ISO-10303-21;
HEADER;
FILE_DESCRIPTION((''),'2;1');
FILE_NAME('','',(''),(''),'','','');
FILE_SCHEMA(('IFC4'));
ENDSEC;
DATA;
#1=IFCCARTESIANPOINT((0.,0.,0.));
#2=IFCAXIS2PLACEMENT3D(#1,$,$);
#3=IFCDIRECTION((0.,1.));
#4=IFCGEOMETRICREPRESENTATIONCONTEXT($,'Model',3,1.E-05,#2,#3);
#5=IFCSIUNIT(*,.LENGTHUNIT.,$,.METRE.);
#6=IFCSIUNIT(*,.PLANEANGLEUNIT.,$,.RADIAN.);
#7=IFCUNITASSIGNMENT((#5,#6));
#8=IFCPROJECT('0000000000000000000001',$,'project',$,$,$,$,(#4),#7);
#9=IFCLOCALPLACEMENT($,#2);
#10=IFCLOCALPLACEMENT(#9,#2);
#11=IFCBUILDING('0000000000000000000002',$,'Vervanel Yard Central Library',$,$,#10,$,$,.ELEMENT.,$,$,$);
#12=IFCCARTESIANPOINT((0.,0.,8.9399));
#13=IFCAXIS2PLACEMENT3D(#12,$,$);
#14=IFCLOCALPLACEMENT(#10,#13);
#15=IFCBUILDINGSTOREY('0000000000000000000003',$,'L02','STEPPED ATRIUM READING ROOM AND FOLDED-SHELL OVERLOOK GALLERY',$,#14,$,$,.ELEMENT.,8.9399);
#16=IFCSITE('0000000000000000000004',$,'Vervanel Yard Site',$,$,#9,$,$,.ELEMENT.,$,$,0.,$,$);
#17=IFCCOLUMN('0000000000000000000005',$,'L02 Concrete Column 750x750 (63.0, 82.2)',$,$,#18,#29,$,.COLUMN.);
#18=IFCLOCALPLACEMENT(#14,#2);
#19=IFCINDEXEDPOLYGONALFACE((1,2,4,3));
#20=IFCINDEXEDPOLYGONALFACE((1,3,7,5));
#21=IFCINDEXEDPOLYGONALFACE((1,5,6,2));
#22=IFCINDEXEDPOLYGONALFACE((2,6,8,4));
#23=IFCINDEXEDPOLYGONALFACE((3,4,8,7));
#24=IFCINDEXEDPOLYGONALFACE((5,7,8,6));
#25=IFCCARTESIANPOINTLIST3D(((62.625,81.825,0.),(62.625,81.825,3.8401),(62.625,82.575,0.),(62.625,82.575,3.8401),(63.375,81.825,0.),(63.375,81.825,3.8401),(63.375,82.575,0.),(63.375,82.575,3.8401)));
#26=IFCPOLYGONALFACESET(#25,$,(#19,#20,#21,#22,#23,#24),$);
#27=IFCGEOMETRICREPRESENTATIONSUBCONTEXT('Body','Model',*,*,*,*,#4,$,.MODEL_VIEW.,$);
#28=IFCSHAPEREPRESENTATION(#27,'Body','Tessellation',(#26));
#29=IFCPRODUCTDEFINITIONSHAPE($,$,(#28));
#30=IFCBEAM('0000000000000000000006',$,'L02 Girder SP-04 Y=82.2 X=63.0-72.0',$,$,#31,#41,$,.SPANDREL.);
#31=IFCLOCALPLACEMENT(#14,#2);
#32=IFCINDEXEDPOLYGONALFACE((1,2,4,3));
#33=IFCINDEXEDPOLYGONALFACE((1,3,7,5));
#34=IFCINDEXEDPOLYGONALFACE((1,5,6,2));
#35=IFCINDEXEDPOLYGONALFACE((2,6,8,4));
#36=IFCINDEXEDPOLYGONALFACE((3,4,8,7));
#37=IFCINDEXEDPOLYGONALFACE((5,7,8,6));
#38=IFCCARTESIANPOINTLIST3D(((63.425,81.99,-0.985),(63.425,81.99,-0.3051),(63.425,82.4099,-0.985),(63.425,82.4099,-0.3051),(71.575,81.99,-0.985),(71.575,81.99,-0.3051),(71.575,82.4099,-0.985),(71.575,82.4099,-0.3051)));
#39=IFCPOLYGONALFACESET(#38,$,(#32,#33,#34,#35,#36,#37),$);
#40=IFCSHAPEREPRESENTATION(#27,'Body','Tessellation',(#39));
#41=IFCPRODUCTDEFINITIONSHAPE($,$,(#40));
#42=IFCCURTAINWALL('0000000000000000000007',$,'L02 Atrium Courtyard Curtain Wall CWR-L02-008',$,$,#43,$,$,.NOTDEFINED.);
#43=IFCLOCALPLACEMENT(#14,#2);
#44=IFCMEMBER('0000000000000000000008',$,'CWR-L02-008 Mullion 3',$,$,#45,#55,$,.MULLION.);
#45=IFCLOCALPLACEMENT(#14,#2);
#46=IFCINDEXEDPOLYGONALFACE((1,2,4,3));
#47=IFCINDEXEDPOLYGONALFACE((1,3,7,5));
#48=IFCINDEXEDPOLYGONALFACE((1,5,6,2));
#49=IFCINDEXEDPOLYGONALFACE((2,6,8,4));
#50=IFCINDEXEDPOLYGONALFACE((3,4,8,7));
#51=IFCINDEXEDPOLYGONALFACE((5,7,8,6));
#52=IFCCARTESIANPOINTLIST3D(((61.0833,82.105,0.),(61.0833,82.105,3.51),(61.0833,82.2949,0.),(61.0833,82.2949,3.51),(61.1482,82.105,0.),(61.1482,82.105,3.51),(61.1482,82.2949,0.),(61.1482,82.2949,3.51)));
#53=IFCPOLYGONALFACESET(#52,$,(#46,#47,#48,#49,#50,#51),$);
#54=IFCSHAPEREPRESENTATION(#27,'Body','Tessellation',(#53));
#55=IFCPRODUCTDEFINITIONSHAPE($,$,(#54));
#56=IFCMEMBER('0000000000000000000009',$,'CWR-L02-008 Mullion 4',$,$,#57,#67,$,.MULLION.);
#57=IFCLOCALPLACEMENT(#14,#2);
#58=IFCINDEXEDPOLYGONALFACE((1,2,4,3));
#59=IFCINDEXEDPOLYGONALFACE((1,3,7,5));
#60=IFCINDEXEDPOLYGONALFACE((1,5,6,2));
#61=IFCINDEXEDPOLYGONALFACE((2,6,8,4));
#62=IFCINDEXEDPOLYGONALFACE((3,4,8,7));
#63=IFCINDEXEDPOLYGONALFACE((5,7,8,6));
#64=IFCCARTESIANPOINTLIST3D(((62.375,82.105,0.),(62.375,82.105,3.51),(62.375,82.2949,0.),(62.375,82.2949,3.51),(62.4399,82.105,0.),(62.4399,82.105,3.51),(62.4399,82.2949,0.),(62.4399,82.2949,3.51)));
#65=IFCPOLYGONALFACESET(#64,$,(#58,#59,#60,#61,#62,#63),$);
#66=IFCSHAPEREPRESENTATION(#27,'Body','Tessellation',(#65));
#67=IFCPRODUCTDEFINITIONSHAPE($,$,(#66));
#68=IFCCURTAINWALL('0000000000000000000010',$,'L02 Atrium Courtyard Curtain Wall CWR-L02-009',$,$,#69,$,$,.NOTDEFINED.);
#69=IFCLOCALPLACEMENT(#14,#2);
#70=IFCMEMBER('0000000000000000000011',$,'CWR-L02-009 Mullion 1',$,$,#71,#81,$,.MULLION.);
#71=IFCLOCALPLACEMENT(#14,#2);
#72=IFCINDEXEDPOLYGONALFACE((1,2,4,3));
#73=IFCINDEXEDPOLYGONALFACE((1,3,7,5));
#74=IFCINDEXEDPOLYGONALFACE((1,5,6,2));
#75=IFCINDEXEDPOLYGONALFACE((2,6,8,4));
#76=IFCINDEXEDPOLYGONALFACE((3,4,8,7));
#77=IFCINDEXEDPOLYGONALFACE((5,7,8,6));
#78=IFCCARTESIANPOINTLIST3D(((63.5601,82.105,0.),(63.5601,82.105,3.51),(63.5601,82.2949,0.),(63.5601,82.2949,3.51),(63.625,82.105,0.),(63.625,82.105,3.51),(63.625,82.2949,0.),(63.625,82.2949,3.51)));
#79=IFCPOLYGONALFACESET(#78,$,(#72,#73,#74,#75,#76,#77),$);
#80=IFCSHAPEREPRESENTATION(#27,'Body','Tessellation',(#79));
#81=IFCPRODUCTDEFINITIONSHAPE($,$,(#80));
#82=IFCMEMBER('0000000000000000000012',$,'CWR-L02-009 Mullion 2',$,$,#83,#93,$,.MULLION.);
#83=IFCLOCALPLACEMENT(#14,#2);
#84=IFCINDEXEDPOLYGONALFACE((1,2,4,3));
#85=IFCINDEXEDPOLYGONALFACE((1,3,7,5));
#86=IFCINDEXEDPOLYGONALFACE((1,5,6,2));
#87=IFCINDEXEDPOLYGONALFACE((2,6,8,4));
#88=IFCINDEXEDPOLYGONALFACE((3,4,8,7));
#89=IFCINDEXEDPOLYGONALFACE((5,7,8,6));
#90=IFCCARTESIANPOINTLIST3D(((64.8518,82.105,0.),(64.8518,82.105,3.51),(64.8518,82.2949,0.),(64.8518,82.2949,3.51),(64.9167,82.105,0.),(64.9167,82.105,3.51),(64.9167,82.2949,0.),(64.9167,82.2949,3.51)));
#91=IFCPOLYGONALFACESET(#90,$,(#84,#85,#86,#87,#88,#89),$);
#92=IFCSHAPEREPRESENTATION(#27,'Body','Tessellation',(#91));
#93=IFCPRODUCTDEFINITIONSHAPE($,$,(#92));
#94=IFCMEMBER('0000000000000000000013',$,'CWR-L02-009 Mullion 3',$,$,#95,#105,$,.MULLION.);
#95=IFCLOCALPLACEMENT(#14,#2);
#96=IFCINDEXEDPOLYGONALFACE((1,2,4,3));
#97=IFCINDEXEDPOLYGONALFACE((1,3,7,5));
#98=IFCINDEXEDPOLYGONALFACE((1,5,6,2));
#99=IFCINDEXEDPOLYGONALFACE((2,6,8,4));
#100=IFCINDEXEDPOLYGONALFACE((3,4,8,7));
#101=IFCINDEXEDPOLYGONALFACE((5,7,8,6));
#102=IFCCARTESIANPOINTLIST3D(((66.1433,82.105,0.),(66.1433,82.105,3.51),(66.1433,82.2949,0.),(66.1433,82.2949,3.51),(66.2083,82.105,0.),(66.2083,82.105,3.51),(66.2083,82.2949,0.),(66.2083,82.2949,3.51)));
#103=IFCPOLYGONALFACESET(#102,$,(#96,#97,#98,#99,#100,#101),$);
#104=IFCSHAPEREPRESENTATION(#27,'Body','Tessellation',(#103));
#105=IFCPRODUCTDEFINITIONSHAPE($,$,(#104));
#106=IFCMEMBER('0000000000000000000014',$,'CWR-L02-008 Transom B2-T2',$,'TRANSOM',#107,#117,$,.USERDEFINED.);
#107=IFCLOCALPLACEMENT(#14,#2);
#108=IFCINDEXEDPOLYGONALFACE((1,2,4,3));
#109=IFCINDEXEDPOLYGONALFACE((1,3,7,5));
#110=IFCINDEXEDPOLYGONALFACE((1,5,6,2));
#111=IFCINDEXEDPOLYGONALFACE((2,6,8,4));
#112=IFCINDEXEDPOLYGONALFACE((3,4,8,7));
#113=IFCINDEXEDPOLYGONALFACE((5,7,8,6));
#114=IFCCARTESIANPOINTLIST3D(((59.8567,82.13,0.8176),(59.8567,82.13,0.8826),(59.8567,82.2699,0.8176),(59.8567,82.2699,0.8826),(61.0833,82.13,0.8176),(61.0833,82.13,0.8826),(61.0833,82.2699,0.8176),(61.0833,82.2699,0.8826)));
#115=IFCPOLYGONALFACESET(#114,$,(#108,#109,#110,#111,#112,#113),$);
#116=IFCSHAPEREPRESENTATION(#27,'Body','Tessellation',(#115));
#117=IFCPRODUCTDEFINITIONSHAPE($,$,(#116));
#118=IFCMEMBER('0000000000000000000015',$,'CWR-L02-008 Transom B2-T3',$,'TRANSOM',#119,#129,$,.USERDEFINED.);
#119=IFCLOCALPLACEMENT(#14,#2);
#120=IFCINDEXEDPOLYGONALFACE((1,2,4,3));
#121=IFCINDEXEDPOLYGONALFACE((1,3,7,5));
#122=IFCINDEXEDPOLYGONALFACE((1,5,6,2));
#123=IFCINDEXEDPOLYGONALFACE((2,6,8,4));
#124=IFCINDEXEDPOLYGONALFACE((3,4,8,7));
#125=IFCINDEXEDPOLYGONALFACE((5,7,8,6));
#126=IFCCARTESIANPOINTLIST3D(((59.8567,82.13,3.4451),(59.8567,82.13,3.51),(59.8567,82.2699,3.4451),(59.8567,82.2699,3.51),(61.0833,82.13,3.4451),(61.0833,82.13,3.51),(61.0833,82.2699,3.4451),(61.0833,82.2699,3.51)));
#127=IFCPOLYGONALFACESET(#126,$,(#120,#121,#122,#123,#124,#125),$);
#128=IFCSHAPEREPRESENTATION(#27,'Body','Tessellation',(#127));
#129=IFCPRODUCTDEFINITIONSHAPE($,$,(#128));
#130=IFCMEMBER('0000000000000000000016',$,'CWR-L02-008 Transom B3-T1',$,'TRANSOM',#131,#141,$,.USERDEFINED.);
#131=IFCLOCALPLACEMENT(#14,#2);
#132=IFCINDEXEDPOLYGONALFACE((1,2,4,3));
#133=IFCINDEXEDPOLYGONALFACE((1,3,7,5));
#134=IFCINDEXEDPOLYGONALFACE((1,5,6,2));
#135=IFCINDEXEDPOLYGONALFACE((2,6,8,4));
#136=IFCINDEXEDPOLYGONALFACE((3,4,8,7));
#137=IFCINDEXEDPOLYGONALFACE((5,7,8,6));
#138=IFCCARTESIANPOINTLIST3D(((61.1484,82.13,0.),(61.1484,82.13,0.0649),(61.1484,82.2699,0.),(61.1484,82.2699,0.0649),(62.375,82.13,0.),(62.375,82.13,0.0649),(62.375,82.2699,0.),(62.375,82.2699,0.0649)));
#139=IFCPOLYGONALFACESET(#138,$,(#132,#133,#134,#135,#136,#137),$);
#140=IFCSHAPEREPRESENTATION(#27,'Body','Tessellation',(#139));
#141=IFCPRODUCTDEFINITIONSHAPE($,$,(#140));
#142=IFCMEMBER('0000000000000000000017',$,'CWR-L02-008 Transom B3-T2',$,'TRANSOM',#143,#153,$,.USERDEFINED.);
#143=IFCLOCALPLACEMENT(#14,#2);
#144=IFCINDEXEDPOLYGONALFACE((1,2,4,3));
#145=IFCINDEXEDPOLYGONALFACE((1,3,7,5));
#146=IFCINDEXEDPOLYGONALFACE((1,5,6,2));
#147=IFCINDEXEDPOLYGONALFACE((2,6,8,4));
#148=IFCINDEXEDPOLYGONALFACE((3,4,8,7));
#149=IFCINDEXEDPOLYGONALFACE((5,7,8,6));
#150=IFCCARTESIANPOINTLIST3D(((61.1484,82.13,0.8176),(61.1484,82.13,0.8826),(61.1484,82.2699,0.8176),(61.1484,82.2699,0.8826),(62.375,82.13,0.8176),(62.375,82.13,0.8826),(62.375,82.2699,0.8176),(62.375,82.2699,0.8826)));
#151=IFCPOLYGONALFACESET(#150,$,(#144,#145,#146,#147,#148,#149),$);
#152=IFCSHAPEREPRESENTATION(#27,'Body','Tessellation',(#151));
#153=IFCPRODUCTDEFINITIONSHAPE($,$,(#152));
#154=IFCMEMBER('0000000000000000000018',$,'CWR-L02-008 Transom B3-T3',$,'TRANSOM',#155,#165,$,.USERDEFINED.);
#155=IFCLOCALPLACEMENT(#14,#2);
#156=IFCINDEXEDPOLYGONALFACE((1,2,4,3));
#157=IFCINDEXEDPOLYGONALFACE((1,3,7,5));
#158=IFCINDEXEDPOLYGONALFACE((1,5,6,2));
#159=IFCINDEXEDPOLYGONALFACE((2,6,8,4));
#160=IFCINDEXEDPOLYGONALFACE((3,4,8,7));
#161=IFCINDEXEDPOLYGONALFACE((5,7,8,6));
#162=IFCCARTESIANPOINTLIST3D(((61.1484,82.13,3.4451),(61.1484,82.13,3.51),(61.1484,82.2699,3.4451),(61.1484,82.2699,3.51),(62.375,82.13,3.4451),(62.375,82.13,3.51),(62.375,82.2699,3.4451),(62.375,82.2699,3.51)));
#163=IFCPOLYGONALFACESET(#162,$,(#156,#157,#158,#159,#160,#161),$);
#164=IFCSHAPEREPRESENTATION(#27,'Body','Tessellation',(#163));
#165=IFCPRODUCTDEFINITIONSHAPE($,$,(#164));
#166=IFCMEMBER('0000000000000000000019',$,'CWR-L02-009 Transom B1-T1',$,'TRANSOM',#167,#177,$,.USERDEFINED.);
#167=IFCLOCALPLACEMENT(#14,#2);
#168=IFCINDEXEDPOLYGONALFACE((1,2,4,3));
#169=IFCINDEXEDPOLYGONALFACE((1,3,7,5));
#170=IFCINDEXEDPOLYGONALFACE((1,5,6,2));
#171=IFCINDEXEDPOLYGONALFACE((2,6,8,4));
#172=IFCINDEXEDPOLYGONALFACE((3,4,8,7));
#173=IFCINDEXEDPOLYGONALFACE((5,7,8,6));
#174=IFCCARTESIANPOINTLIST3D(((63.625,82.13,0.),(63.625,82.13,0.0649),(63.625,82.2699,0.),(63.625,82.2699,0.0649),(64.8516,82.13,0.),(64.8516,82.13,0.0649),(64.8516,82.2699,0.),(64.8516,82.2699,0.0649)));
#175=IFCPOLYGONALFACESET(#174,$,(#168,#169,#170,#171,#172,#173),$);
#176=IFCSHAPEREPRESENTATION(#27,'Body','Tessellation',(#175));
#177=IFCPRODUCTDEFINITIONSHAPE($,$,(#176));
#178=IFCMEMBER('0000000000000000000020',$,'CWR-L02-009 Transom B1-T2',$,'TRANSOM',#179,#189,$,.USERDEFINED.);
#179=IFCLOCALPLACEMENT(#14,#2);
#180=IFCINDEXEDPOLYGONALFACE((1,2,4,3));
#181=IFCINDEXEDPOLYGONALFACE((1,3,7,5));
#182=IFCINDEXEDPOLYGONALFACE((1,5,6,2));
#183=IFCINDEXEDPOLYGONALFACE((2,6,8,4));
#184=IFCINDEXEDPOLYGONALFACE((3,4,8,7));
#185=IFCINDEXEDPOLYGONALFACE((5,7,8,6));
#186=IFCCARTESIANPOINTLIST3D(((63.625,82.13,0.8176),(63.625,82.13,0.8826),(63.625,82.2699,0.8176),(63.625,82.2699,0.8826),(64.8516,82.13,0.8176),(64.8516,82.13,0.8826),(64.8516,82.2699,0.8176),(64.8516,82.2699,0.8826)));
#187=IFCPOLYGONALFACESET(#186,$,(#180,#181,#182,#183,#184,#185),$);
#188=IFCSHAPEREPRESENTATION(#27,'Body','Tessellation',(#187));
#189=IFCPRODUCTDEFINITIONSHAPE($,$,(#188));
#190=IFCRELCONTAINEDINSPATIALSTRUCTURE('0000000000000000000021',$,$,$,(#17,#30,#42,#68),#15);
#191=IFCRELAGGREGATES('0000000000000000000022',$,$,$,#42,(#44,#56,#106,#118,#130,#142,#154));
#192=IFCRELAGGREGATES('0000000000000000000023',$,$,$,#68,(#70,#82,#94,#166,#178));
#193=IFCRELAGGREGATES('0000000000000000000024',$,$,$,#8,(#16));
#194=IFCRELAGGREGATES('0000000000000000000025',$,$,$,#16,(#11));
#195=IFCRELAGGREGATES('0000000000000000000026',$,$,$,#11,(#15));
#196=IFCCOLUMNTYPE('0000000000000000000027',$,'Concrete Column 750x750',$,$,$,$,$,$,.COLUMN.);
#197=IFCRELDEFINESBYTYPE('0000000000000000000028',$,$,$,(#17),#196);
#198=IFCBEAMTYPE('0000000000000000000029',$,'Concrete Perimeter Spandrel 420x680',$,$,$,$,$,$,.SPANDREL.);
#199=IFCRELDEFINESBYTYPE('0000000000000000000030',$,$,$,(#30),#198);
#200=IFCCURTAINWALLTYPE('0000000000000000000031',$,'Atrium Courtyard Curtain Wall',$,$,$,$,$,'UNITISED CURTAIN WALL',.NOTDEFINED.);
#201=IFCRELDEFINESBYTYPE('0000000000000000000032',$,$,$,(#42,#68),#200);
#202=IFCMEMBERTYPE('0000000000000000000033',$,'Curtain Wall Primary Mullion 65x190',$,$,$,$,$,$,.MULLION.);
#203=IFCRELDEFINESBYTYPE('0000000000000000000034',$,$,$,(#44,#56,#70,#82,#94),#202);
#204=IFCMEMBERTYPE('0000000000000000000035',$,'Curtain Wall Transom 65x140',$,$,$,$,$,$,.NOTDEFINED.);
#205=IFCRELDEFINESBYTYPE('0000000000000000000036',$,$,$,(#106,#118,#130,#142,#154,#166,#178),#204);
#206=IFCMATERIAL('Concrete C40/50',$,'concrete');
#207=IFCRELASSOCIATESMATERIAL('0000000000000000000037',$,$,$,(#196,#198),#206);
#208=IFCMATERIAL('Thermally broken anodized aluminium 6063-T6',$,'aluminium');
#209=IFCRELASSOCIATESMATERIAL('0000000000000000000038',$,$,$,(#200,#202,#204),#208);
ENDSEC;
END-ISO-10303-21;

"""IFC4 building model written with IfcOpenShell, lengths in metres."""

from ifc_helpers import new_model, si_unit, direction, frame, origin, origin_2d, place, context, subcontext, project, spatial, rectangle, extrude, material, material_profile, profile_set, type_object, element, aggregate, save


model = new_model("IFC4")

# Units and contexts
model_context = context("Model", 3, precision=1e-05, world=origin(), true_north=direction((0.0, 1.0)))
body_context = subcontext(model_context, "Body", "Model", "MODEL_VIEW")
ifc_project = project(units=[si_unit("LENGTHUNIT", "METRE"), si_unit("PLANEANGLEUNIT", "RADIAN")], contexts=[model_context])

# Site, building, storey
site_placement = place(None, origin())
site = spatial("IfcSite", under=ifc_project, at=site_placement, Name="Vervanel Yard Site", CompositionType="ELEMENT", RefElevation=0.0)
building_placement = place(site_placement, origin())
building = spatial("IfcBuilding", under=site, at=building_placement, Name="Vervanel Yard Central Library", CompositionType="ELEMENT")
storey_placement = place(building_placement, frame((0.0, 0.0, 8.9399)))
storey = spatial("IfcBuildingStorey", under=building, at=storey_placement, Name="L02", Description="STEPPED ATRIUM READING ROOM AND FOLDED-SHELL OVERLOOK GALLERY", CompositionType="ELEMENT", Elevation=8.9399)

# Column
ifc_material_1 = material(Name="Concrete C40/50", Category="concrete")
ifc_material_profile_1 = material_profile(ifc_material_1, rectangle(XDim=0.75, YDim=0.75, at=origin_2d()), Name="RC 750x750", Category="concrete")
ifc_profile_set_1 = profile_set([ifc_material_profile_1], Name="Concrete C40/50")
column_type = type_object("IfcColumnType", Name="Concrete Column 750x750", PredefinedType="COLUMN", material=ifc_profile_set_1)
column_placement = place(storey_placement, frame((63.0, 82.2, 0.0), z_axis=(0.0, 0.0, 1.0), x_axis=(1.0, 0.0, 0.0)))
element("IfcColumn", 1, at=column_placement, inside=storey, type_object=column_type, Name="L02 Concrete Column 750x750 (63.0, 82.2)", PredefinedType="COLUMN", context=body_context, shape_type="SweptSolid", body=[
    extrude(rectangle(XDim=0.75, YDim=0.75, at=origin_2d()), origin(), (0.0, 0.0, 1.0), 3.8401),
])

# Beam
ifc_material_profile_2 = material_profile(ifc_material_1, rectangle(XDim=0.4199, YDim=0.6799, at=origin_2d()), Name="RC 420x680", Category="concrete")
ifc_profile_set_2 = profile_set([ifc_material_profile_2], Name="Concrete C40/50")
beam_type = type_object("IfcBeamType", Name="Concrete Perimeter Spandrel 420x680", PredefinedType="SPANDREL", material=ifc_profile_set_2)
beam_placement = place(storey_placement, frame((63.425, 82.2, -0.645), z_axis=(1.0, 0.0, 0.0), x_axis=(0.0, 1.0, 0.0)))
element("IfcBeam", 2, at=beam_placement, inside=storey, type_object=beam_type, Name="L02 Girder SP-04 Y=82.2 X=63.0-72.0", PredefinedType="SPANDREL", context=body_context, shape_type="SweptSolid", body=[
    extrude(rectangle(XDim=0.4199, YDim=0.6799, at=origin_2d()), origin(), (0.0, 0.0, 1.0), 8.1499),
])

# Curtain walls, members
ifc_material_2 = material(Name="Thermally broken anodized aluminium 6063-T6", Category="aluminium")
curtain_wall_type = type_object("IfcCurtainWallType", Name="Atrium Courtyard Curtain Wall", ElementType="UNITISED CURTAIN WALL", PredefinedType="NOTDEFINED", material=ifc_material_2)
curtain_wall_1_placement = place(storey_placement, origin())
curtain_wall_1 = element("IfcCurtainWall", 3, at=curtain_wall_1_placement, inside=storey, type_object=curtain_wall_type, Name="L02 Atrium Courtyard Curtain Wall CWR-L02-008", PredefinedType="NOTDEFINED")
ifc_material_profile_3 = material_profile(ifc_material_2, rectangle(XDim=0.0649, YDim=0.1899, at=origin_2d()), Name="ALU 65x190", Category="aluminium")
ifc_profile_set_3 = profile_set([ifc_material_profile_3], Name="Thermally broken anodized aluminium 6063-T6")
member_type_1 = type_object("IfcMemberType", Name="Curtain Wall Primary Mullion 65x190", PredefinedType="MULLION", material=ifc_profile_set_3)
member_1_placement = place(storey_placement, frame((61.1157, 82.2, 0.0), z_axis=(0.0, 0.0, 1.0), x_axis=(1.0, 0.0, 0.0)))
member_1 = element("IfcMember", 4, at=member_1_placement, type_object=member_type_1, Name="CWR-L02-008 Mullion 3", PredefinedType="MULLION", context=body_context, shape_type="SweptSolid", body=[
    extrude(rectangle(XDim=0.0649, YDim=0.1899, at=origin_2d()), origin(), (0.0, 0.0, 1.0), 3.51),
])
member_2_placement = place(storey_placement, frame((62.4075, 82.2, 0.0), z_axis=(0.0, 0.0, 1.0), x_axis=(1.0, 0.0, 0.0)))
member_2 = element("IfcMember", 5, at=member_2_placement, type_object=member_type_1, Name="CWR-L02-008 Mullion 4", PredefinedType="MULLION", context=body_context, shape_type="SweptSolid", body=[
    extrude(rectangle(XDim=0.0649, YDim=0.1899, at=origin_2d()), origin(), (0.0, 0.0, 1.0), 3.51),
])
curtain_wall_2_placement = place(storey_placement, origin())
curtain_wall_2 = element("IfcCurtainWall", 6, at=curtain_wall_2_placement, inside=storey, type_object=curtain_wall_type, Name="L02 Atrium Courtyard Curtain Wall CWR-L02-009", PredefinedType="NOTDEFINED")
member_3_placement = place(storey_placement, frame((63.5925, 82.2, 0.0), z_axis=(0.0, 0.0, 1.0), x_axis=(1.0, 0.0, 0.0)))
member_3 = element("IfcMember", 7, at=member_3_placement, type_object=member_type_1, Name="CWR-L02-009 Mullion 1", PredefinedType="MULLION", context=body_context, shape_type="SweptSolid", body=[
    extrude(rectangle(XDim=0.0649, YDim=0.1899, at=origin_2d()), origin(), (0.0, 0.0, 1.0), 3.51),
])
member_4_placement = place(storey_placement, frame((64.8843, 82.2, 0.0), z_axis=(0.0, 0.0, 1.0), x_axis=(1.0, 0.0, 0.0)))
member_4 = element("IfcMember", 8, at=member_4_placement, type_object=member_type_1, Name="CWR-L02-009 Mullion 2", PredefinedType="MULLION", context=body_context, shape_type="SweptSolid", body=[
    extrude(rectangle(XDim=0.0649, YDim=0.1899, at=origin_2d()), origin(), (0.0, 0.0, 1.0), 3.51),
])
member_5_placement = place(storey_placement, frame((66.1758, 82.2, 0.0), z_axis=(0.0, 0.0, 1.0), x_axis=(1.0, 0.0, 0.0)))
member_5 = element("IfcMember", 9, at=member_5_placement, type_object=member_type_1, Name="CWR-L02-009 Mullion 3", PredefinedType="MULLION", context=body_context, shape_type="SweptSolid", body=[
    extrude(rectangle(XDim=0.0649, YDim=0.1899, at=origin_2d()), origin(), (0.0, 0.0, 1.0), 3.51),
])

# Members
ifc_material_profile_4 = material_profile(ifc_material_2, rectangle(XDim=0.0649, YDim=0.1399, at=origin_2d()), Name="ALU 65x140", Category="aluminium")
ifc_profile_set_4 = profile_set([ifc_material_profile_4], Name="Thermally broken anodized aluminium 6063-T6")
member_type_2 = type_object("IfcMemberType", Name="Curtain Wall Transom 65x140", PredefinedType="NOTDEFINED", material=ifc_profile_set_4)
member_6_placement = place(storey_placement, frame((59.8567, 82.2, 0.8501), z_axis=(1.0, 0.0, 0.0), x_axis=(0.0, 0.0, 1.0)))
member_6 = element("IfcMember", 10, at=member_6_placement, type_object=member_type_2, Name="CWR-L02-008 Transom B2-T2", ObjectType="TRANSOM", PredefinedType="USERDEFINED", context=body_context, shape_type="SweptSolid", body=[
    extrude(rectangle(XDim=0.0649, YDim=0.1399, at=origin_2d()), origin(), (0.0, 0.0, 1.0), 1.2266),
])
member_7_placement = place(storey_placement, frame((59.8567, 82.2, 3.4775), z_axis=(1.0, 0.0, 0.0), x_axis=(0.0, 0.0, 1.0)))
member_7 = element("IfcMember", 11, at=member_7_placement, type_object=member_type_2, Name="CWR-L02-008 Transom B2-T3", ObjectType="TRANSOM", PredefinedType="USERDEFINED", context=body_context, shape_type="SweptSolid", body=[
    extrude(rectangle(XDim=0.0649, YDim=0.1399, at=origin_2d()), origin(), (0.0, 0.0, 1.0), 1.2266),
])
member_8_placement = place(storey_placement, frame((61.1484, 82.2, 0.0325), z_axis=(1.0, 0.0, 0.0), x_axis=(0.0, 0.0, 1.0)))
member_8 = element("IfcMember", 12, at=member_8_placement, type_object=member_type_2, Name="CWR-L02-008 Transom B3-T1", ObjectType="TRANSOM", PredefinedType="USERDEFINED", context=body_context, shape_type="SweptSolid", body=[
    extrude(rectangle(XDim=0.0649, YDim=0.1399, at=origin_2d()), origin(), (0.0, 0.0, 1.0), 1.2266),
])
member_9_placement = place(storey_placement, frame((61.1484, 82.2, 0.8501), z_axis=(1.0, 0.0, 0.0), x_axis=(0.0, 0.0, 1.0)))
member_9 = element("IfcMember", 13, at=member_9_placement, type_object=member_type_2, Name="CWR-L02-008 Transom B3-T2", ObjectType="TRANSOM", PredefinedType="USERDEFINED", context=body_context, shape_type="SweptSolid", body=[
    extrude(rectangle(XDim=0.0649, YDim=0.1399, at=origin_2d()), origin(), (0.0, 0.0, 1.0), 1.2266),
])
member_10_placement = place(storey_placement, frame((61.1484, 82.2, 3.4775), z_axis=(1.0, 0.0, 0.0), x_axis=(0.0, 0.0, 1.0)))
member_10 = element("IfcMember", 14, at=member_10_placement, type_object=member_type_2, Name="CWR-L02-008 Transom B3-T3", ObjectType="TRANSOM", PredefinedType="USERDEFINED", context=body_context, shape_type="SweptSolid", body=[
    extrude(rectangle(XDim=0.0649, YDim=0.1399, at=origin_2d()), origin(), (0.0, 0.0, 1.0), 1.2266),
])
member_11_placement = place(storey_placement, frame((63.625, 82.2, 0.0325), z_axis=(1.0, 0.0, 0.0), x_axis=(0.0, 0.0, 1.0)))
member_11 = element("IfcMember", 15, at=member_11_placement, type_object=member_type_2, Name="CWR-L02-009 Transom B1-T1", ObjectType="TRANSOM", PredefinedType="USERDEFINED", context=body_context, shape_type="SweptSolid", body=[
    extrude(rectangle(XDim=0.0649, YDim=0.1399, at=origin_2d()), origin(), (0.0, 0.0, 1.0), 1.2266),
])
member_12_placement = place(storey_placement, frame((63.625, 82.2, 0.8501), z_axis=(1.0, 0.0, 0.0), x_axis=(0.0, 0.0, 1.0)))
member_12 = element("IfcMember", 16, at=member_12_placement, type_object=member_type_2, Name="CWR-L02-009 Transom B1-T2", ObjectType="TRANSOM", PredefinedType="USERDEFINED", context=body_context, shape_type="SweptSolid", body=[
    extrude(rectangle(XDim=0.0649, YDim=0.1399, at=origin_2d()), origin(), (0.0, 0.0, 1.0), 1.2266),
])

aggregate(curtain_wall_1, [member_1, member_2, member_6, member_7, member_8, member_9, member_10])
aggregate(curtain_wall_2, [member_3, member_4, member_5, member_11, member_12])

save(model, "model.ifc")
